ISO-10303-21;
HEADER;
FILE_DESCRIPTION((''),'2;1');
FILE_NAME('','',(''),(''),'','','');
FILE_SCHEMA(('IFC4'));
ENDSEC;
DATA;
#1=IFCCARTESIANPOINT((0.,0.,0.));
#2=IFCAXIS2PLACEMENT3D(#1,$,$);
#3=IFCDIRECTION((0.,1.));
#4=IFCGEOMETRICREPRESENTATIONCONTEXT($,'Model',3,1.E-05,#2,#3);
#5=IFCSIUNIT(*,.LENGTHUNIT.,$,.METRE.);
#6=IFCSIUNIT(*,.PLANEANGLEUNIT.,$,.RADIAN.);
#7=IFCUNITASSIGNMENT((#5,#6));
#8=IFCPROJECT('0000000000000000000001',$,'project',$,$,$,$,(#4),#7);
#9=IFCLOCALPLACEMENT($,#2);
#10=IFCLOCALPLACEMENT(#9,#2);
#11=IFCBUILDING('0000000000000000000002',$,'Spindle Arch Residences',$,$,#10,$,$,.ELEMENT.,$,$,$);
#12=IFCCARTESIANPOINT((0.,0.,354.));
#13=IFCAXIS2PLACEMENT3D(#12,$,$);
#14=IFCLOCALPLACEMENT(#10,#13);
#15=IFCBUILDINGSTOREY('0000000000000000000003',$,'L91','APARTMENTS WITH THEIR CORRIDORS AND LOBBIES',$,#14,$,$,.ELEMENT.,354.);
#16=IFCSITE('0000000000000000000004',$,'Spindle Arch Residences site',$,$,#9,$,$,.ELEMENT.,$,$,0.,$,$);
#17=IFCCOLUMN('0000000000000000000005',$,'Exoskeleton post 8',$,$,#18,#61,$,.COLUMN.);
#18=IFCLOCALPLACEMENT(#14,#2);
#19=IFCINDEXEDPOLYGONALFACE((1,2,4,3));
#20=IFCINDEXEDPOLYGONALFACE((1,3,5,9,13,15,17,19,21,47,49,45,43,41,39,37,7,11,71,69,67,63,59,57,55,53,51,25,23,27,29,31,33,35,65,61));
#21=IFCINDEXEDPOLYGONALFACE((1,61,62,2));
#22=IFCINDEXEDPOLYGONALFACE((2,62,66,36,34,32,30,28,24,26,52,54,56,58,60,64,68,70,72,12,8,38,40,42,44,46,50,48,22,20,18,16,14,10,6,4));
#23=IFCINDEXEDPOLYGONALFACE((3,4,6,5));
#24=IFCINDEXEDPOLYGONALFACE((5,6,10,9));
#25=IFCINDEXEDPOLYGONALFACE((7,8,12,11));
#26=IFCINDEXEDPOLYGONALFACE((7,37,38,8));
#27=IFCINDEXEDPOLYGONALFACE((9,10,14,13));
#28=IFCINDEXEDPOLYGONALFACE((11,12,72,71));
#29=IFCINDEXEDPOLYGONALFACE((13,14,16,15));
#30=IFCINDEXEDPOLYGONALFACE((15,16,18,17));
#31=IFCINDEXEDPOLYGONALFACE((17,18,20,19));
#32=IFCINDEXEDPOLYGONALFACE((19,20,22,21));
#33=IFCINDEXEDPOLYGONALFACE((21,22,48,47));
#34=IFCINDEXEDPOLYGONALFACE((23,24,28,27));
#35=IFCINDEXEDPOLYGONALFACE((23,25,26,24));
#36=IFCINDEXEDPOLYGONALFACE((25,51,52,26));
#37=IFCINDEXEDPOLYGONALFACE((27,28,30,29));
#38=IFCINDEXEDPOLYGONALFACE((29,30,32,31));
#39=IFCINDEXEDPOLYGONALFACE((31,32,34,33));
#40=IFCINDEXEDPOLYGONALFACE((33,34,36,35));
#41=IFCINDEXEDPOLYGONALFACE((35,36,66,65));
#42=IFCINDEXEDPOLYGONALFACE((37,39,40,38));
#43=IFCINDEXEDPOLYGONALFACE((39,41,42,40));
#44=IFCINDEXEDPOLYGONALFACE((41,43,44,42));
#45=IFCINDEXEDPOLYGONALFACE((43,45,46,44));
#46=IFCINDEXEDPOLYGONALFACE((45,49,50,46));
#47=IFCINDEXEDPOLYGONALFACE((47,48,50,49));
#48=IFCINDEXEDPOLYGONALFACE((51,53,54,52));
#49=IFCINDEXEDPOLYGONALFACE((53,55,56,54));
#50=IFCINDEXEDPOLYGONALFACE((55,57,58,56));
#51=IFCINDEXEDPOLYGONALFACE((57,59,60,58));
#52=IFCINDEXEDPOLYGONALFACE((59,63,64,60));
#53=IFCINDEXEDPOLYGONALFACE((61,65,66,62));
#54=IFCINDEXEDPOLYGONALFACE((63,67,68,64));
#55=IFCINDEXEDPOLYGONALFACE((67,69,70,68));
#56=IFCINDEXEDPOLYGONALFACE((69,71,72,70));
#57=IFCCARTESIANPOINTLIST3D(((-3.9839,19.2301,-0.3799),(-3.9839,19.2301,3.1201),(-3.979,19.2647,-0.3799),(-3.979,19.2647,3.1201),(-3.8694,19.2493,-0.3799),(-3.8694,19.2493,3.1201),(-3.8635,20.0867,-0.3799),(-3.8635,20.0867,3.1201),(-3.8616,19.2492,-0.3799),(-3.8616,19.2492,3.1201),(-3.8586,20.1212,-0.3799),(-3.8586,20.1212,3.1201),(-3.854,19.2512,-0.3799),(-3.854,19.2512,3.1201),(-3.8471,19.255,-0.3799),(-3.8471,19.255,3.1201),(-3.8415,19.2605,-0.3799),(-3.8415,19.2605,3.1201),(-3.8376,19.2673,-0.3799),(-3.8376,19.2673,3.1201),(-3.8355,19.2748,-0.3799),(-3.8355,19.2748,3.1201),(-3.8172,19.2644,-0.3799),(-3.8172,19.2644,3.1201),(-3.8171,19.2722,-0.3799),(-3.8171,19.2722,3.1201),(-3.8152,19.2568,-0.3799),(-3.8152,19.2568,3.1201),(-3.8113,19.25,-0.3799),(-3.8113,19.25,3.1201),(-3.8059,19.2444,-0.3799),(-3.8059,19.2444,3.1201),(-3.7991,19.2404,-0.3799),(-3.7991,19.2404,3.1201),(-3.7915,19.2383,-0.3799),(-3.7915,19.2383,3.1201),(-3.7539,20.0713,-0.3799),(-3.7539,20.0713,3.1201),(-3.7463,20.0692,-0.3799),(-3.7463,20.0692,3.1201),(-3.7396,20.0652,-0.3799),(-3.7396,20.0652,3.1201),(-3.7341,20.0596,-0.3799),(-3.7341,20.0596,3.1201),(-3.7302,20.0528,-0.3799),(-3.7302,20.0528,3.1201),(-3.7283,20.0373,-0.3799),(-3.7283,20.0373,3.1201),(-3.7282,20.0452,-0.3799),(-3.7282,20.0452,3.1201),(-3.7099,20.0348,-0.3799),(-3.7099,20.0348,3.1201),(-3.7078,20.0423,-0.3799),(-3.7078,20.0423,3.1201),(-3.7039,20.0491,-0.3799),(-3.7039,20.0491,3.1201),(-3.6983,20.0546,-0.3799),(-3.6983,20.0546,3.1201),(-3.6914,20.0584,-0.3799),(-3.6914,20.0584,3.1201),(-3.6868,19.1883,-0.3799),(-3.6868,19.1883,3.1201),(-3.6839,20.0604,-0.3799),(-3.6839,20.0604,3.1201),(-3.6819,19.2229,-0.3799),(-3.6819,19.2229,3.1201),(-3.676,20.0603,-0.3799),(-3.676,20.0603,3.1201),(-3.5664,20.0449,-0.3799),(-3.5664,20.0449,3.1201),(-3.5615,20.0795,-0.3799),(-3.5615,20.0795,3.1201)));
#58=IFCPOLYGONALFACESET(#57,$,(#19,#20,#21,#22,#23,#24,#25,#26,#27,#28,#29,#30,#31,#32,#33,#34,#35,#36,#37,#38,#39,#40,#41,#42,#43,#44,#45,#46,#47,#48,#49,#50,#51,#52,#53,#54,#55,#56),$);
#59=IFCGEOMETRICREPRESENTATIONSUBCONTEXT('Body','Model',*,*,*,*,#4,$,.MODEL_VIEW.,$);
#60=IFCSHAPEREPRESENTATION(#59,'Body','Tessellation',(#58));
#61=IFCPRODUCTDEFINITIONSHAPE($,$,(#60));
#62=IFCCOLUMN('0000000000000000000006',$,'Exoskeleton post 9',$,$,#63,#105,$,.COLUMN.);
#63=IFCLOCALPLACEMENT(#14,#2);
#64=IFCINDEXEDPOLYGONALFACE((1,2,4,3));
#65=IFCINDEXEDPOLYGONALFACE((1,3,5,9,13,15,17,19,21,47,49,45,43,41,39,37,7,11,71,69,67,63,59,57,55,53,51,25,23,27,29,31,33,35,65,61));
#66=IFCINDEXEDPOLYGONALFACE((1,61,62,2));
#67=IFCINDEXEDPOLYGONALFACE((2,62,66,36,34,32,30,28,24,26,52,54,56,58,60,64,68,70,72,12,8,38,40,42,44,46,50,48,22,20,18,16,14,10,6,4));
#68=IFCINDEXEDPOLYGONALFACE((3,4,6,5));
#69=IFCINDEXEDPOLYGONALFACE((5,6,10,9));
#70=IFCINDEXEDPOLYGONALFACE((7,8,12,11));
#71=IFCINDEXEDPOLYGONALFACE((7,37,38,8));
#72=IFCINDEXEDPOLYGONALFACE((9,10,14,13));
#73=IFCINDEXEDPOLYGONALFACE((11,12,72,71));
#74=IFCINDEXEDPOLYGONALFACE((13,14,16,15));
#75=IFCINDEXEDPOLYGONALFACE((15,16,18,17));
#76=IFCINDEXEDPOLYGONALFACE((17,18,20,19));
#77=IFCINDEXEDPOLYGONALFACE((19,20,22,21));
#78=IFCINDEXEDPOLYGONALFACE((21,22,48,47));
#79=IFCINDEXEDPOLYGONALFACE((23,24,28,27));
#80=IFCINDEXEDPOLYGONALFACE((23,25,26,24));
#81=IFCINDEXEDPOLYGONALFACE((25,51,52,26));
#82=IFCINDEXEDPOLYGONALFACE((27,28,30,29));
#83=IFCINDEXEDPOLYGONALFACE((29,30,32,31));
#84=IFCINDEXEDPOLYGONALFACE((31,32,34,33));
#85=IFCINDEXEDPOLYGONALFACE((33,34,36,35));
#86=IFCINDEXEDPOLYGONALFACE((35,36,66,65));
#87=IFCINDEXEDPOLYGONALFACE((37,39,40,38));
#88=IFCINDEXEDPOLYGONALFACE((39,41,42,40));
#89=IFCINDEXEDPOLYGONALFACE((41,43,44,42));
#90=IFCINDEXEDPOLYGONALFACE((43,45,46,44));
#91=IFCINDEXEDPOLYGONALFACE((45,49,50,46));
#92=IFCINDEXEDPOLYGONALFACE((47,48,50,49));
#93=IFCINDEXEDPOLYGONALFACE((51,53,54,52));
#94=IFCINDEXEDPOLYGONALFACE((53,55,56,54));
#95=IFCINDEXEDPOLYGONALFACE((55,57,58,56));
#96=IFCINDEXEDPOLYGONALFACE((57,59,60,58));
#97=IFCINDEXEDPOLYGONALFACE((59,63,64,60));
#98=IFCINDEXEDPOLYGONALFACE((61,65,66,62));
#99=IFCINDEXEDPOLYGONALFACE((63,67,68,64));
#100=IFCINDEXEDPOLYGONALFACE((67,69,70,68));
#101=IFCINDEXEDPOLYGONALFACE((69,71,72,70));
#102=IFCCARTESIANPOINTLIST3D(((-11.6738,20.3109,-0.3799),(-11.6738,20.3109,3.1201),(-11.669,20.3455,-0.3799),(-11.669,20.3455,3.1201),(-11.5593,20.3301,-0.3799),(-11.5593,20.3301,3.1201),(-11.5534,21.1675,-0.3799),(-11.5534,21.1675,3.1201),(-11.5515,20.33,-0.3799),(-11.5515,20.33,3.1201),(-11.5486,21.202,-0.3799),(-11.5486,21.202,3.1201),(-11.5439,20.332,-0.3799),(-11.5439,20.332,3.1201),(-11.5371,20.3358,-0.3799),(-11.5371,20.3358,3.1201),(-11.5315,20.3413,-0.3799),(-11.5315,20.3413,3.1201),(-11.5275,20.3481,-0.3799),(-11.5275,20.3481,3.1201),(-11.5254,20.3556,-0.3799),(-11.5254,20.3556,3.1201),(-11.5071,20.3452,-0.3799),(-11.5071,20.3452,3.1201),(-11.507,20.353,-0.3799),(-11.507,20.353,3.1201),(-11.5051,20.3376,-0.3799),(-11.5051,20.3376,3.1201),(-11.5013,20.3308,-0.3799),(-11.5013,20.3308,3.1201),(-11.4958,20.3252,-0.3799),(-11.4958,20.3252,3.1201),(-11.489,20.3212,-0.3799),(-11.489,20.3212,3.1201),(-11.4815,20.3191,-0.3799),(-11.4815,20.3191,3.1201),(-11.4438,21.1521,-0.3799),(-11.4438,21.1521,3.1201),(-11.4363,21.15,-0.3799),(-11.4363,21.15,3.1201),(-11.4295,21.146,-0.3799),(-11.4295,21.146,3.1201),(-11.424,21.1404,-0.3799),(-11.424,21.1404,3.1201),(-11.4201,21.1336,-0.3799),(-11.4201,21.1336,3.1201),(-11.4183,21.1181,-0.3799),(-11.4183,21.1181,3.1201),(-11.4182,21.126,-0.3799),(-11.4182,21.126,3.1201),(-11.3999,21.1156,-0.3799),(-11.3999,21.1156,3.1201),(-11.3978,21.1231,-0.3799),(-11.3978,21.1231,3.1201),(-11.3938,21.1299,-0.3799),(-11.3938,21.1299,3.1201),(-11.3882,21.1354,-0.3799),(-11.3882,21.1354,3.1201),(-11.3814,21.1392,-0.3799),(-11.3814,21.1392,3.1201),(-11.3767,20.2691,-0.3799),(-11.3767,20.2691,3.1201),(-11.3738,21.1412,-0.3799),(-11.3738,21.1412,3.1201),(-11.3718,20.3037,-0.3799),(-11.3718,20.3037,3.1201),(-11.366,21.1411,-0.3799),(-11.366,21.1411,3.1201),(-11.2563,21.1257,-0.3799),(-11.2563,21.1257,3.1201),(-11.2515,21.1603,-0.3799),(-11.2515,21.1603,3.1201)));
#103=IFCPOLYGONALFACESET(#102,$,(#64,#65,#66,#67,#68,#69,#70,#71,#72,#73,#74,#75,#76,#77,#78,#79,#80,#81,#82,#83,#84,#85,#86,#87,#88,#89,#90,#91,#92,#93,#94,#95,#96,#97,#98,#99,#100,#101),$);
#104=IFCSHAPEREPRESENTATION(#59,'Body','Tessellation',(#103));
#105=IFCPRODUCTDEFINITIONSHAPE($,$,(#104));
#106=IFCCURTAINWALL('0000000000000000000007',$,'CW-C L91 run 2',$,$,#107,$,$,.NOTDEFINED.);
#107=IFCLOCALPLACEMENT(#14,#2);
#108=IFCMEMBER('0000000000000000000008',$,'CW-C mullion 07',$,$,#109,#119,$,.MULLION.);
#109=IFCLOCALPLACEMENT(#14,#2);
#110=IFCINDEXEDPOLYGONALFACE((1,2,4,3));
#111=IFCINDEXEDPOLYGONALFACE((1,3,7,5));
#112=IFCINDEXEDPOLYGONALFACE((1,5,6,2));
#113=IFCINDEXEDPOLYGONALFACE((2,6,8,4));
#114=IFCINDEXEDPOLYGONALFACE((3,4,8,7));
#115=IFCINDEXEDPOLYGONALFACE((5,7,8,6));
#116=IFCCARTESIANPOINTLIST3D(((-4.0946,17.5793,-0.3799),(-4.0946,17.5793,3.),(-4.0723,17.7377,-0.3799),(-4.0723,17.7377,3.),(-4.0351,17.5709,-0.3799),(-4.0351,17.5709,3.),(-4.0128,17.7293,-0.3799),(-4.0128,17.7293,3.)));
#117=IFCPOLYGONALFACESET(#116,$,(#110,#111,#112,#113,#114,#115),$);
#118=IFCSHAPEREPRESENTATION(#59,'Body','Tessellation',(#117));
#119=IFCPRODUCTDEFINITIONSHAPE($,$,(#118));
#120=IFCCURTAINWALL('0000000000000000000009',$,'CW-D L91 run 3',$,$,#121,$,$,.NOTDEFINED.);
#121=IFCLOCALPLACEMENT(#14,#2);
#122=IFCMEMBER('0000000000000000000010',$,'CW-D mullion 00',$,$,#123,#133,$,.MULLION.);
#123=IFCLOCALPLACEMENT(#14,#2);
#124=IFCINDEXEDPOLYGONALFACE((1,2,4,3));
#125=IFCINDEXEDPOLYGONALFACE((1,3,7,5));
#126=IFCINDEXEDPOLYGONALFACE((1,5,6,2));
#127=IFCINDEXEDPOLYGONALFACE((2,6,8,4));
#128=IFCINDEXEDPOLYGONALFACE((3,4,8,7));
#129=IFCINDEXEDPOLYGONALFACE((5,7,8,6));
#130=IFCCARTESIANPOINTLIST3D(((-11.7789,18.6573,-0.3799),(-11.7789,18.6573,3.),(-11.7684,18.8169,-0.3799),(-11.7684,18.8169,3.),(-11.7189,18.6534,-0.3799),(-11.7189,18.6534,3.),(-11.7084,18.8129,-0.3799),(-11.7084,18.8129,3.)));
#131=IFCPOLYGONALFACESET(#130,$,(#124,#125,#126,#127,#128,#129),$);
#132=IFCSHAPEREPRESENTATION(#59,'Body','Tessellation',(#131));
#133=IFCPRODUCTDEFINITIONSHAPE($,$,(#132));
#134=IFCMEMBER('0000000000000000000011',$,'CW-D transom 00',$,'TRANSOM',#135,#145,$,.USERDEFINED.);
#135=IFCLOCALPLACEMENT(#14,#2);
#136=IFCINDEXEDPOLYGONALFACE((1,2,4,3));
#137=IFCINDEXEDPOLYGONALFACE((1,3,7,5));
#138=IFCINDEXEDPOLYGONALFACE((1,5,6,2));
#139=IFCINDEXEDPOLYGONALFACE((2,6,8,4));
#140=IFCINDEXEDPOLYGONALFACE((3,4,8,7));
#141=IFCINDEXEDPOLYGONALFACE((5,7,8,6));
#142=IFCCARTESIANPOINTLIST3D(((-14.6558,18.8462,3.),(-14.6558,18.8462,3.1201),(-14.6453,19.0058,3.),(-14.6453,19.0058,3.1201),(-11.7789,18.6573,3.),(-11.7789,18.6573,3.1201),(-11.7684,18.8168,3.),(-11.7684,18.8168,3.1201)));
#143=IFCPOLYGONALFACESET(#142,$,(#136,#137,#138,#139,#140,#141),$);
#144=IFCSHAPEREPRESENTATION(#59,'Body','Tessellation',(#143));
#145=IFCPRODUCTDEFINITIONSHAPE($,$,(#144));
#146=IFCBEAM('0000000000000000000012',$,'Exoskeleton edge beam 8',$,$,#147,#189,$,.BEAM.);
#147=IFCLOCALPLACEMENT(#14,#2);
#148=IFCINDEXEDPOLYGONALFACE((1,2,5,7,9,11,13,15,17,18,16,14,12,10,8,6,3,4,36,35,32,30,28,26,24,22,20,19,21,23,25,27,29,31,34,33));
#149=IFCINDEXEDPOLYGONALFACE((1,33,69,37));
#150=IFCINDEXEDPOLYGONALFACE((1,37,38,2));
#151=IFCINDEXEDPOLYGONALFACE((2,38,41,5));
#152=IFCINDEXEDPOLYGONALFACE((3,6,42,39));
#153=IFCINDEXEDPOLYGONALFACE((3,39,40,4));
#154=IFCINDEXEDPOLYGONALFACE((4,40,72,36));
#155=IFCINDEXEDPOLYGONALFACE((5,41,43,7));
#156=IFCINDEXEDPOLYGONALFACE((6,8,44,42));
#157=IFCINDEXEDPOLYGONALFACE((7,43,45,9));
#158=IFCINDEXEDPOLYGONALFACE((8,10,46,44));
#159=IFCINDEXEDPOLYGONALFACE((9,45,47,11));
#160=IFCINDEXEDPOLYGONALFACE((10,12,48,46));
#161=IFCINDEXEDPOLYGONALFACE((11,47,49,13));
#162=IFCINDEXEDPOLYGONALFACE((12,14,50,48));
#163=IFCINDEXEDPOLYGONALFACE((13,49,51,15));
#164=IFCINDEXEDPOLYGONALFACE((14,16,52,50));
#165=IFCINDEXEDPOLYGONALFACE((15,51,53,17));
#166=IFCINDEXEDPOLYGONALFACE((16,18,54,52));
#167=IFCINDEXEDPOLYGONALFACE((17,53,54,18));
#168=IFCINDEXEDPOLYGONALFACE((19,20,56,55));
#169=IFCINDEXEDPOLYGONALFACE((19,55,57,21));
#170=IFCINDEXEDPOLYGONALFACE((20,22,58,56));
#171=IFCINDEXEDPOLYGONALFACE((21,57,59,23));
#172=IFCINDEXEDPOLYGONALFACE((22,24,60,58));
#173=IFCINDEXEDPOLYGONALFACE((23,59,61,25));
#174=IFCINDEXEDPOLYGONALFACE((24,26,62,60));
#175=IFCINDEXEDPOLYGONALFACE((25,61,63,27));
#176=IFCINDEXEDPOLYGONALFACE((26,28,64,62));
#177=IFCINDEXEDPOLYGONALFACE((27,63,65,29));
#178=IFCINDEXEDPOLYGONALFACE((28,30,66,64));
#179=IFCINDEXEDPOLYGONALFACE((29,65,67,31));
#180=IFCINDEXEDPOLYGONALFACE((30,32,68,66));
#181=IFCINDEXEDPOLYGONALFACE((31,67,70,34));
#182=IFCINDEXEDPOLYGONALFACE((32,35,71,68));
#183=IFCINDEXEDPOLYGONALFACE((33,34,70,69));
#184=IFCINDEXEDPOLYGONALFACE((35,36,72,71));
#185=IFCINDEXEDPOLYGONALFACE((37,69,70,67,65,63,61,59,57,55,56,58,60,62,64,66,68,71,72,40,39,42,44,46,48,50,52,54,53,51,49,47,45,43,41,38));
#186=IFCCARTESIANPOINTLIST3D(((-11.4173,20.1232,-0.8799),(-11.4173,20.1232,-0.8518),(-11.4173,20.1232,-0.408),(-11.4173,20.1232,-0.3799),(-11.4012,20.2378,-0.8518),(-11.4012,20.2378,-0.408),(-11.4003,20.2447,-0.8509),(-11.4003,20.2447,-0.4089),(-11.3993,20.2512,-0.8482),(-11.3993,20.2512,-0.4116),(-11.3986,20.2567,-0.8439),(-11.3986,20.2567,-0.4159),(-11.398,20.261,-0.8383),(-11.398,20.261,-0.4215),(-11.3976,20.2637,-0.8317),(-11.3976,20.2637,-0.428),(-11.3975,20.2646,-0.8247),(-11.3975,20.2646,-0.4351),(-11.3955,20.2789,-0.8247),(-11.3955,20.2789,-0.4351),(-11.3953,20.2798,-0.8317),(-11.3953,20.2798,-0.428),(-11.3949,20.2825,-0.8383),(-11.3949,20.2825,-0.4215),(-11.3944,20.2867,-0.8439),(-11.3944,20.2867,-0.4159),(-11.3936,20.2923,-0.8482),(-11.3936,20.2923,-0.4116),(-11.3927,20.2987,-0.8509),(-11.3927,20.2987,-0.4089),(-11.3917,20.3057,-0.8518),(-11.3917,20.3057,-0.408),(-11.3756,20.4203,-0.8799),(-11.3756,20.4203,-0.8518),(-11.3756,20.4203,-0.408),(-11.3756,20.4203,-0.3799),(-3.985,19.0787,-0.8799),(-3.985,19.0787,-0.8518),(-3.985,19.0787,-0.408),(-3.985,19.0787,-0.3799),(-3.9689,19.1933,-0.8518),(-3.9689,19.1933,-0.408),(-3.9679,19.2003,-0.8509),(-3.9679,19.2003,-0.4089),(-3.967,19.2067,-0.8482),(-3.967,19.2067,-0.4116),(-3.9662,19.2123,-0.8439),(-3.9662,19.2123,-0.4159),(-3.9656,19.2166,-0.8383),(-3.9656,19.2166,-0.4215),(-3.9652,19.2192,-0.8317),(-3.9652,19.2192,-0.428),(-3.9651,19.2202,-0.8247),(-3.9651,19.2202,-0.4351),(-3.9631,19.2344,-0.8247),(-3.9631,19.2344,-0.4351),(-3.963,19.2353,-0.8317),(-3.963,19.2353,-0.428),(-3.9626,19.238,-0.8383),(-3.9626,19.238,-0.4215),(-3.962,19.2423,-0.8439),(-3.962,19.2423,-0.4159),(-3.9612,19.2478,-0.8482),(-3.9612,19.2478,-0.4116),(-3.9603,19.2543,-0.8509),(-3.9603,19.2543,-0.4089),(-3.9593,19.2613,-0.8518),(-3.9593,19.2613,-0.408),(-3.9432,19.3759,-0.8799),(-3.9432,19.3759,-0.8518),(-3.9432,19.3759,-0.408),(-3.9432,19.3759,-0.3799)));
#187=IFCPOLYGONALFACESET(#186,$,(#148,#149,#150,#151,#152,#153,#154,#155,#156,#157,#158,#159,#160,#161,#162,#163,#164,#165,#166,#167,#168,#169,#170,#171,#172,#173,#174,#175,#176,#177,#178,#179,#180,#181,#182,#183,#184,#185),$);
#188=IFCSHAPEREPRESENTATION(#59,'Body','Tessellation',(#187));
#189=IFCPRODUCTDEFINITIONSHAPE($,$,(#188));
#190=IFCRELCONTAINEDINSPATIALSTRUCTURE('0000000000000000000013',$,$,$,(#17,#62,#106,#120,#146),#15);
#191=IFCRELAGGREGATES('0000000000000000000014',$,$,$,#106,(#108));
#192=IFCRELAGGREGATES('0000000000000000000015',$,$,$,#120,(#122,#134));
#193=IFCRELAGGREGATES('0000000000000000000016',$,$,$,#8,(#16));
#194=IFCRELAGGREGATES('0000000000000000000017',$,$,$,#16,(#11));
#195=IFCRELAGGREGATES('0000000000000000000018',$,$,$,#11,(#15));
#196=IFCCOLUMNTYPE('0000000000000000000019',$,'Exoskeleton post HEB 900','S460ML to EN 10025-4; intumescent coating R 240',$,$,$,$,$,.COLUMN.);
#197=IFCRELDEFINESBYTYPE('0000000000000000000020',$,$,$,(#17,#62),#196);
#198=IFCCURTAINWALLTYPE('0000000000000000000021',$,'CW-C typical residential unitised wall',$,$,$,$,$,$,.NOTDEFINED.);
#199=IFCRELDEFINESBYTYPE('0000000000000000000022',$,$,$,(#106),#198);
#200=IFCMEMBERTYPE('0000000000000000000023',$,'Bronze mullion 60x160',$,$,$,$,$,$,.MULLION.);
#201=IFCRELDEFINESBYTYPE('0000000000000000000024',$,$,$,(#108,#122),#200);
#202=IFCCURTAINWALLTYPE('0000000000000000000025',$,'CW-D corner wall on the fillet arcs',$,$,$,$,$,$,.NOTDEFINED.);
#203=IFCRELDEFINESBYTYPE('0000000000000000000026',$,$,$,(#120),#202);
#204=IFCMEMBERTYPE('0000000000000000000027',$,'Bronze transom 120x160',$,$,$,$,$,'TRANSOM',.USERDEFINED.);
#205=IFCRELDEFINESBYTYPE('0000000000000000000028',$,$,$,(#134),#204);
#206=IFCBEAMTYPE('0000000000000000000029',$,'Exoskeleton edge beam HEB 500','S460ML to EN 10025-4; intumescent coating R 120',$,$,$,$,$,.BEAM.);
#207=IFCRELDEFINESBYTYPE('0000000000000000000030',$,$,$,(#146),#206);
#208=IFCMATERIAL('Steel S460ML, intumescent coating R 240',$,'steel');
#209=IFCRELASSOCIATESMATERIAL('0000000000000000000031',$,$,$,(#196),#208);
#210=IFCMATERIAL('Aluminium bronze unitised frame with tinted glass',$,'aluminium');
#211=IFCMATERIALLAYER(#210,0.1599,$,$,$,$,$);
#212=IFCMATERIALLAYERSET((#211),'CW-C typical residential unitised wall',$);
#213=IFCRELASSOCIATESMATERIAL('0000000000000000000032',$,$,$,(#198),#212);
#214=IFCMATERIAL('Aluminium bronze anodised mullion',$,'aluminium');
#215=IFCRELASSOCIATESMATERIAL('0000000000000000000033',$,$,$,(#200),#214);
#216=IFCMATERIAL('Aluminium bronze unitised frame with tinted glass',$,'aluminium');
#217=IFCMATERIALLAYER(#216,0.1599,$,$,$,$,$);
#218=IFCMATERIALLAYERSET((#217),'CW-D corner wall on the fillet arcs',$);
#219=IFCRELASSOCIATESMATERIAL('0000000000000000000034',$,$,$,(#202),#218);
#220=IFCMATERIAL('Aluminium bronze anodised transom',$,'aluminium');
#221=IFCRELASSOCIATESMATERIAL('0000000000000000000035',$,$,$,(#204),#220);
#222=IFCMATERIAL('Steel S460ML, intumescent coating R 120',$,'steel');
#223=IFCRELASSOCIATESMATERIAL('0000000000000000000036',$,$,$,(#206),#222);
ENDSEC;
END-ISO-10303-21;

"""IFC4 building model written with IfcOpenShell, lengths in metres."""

from ifc_helpers import new_model, si_unit, direction, frame, origin, origin_2d, place, context, subcontext, project, spatial, rectangle, i_section, extrude, material, layer, layer_set, material_profile, profile_set, type_object, element, aggregate, save


model = new_model("IFC4")

# Units and contexts
model_context = context("Model", 3, precision=1e-05, world=origin(), true_north=direction((0.0, 1.0)))
body_context = subcontext(model_context, "Body", "Model", "MODEL_VIEW")
ifc_project = project(units=[si_unit("LENGTHUNIT", "METRE"), si_unit("PLANEANGLEUNIT", "RADIAN")], contexts=[model_context])

# Site, building, storey
site_placement = place(None, origin())
site = spatial("IfcSite", under=ifc_project, at=site_placement, Name="Spindle Arch Residences site", CompositionType="ELEMENT", RefElevation=0.0)
building_placement = place(site_placement, origin())
building = spatial("IfcBuilding", under=site, at=building_placement, Name="Spindle Arch Residences", CompositionType="ELEMENT")
storey_placement = place(building_placement, frame((0.0, 0.0, 354.0)))
storey = spatial("IfcBuildingStorey", under=building, at=storey_placement, Name="L91", Description="APARTMENTS WITH THEIR CORRIDORS AND LOBBIES", CompositionType="ELEMENT", Elevation=354.0)

# Columns
ifc_material_1 = material(Name="Steel S460ML, intumescent coating R 240", Category="steel")
ifc_material_profile_1 = material_profile(ifc_material_1, i_section(OverallWidth=0.3, OverallDepth=0.8999, WebThickness=0.0186, FlangeThickness=0.0349, FilletRadius=0.03, at=origin_2d()), Name="HEB 900")
ifc_profile_set_1 = profile_set([ifc_material_profile_1], Name="Steel S460ML, intumescent coating R 240")
column_type = type_object("IfcColumnType", Name="Exoskeleton post HEB 900", Description="S460ML to EN 10025-4; intumescent coating R 240", PredefinedType="COLUMN", material=ifc_profile_set_1)
for number, where, z_axis, x_axis, name in (
    (1, (-3.7727, 19.6548, -0.3799), (0.0, 0.0, 1.0), (0.990268, -0.139173, 0.0), "Exoskeleton post 8"),
    (2, (-11.4626, 20.7356, -0.3799), (0.0, 0.0, 1.0), (0.990268, -0.139173, 0.0), "Exoskeleton post 9"),
):
    element("IfcColumn", number, at=place(storey_placement, frame(where, z_axis=z_axis, x_axis=x_axis)), inside=storey, type_object=column_type, Name=name, PredefinedType="COLUMN", context=body_context, shape_type="SweptSolid", body=[
        extrude(i_section(OverallWidth=0.3, OverallDepth=0.8999, WebThickness=0.0186, FlangeThickness=0.0349, FilletRadius=0.03, at=origin_2d()), origin(), (0.0, 0.0, 1.0), 3.5),
    ])

# Curtain wall, member
ifc_material_2 = material(Name="Aluminium bronze unitised frame with tinted glass", Category="aluminium")
ifc_layer_1 = layer(ifc_material_2, 0.1599)
ifc_layer_set_1 = layer_set([ifc_layer_1], Name="CW-C typical residential unitised wall")
curtain_wall_type_1 = type_object("IfcCurtainWallType", Name="CW-C typical residential unitised wall", PredefinedType="NOTDEFINED", material=ifc_layer_set_1)
curtain_wall_1_placement = place(storey_placement, origin())
curtain_wall_1 = element("IfcCurtainWall", 3, at=curtain_wall_1_placement, inside=storey, type_object=curtain_wall_type_1, Name="CW-C L91 run 2", PredefinedType="NOTDEFINED")
ifc_material_3 = material(Name="Aluminium bronze anodised mullion", Category="aluminium")
ifc_material_profile_2 = material_profile(ifc_material_3, rectangle(XDim=0.1599, YDim=0.0601, at=origin_2d()), Name="MU 60x160")
ifc_profile_set_2 = profile_set([ifc_material_profile_2], Name="Aluminium bronze anodised mullion")
member_type_1 = type_object("IfcMemberType", Name="Bronze mullion 60x160", PredefinedType="MULLION", material=ifc_profile_set_2)
member_1_placement = place(storey_placement, frame((-4.0537, 17.6543, -0.3799), z_axis=(0.0, 0.0, 1.0), x_axis=(-0.139173, -0.990268, 0.0)))
member_1 = element("IfcMember", 4, at=member_1_placement, type_object=member_type_1, Name="CW-C mullion 07", PredefinedType="MULLION", context=body_context, shape_type="SweptSolid", body=[
    extrude(rectangle(XDim=0.1599, YDim=0.0601, at=origin_2d()), origin(), (0.0, 0.0, 1.0), 3.3799),
])

# Curtain wall, members
ifc_material_4 = material(Name="Aluminium bronze unitised frame with tinted glass", Category="aluminium")
ifc_layer_2 = layer(ifc_material_4, 0.1599)
ifc_layer_set_2 = layer_set([ifc_layer_2], Name="CW-D corner wall on the fillet arcs")
curtain_wall_type_2 = type_object("IfcCurtainWallType", Name="CW-D corner wall on the fillet arcs", PredefinedType="NOTDEFINED", material=ifc_layer_set_2)
curtain_wall_2_placement = place(storey_placement, origin())
curtain_wall_2 = element("IfcCurtainWall", 5, at=curtain_wall_2_placement, inside=storey, type_object=curtain_wall_type_2, Name="CW-D L91 run 3", PredefinedType="NOTDEFINED")
member_2_placement = place(storey_placement, frame((-11.7437, 18.7351, -0.3799), z_axis=(0.0, 0.0, 1.0), x_axis=(-0.06551, -0.997852, 0.0)))
member_2 = element("IfcMember", 6, at=member_2_placement, type_object=member_type_1, Name="CW-D mullion 00", PredefinedType="MULLION", context=body_context, shape_type="SweptSolid", body=[
    extrude(rectangle(XDim=0.1599, YDim=0.0601, at=origin_2d()), origin(), (0.0, 0.0, 1.0), 3.3799),
])
ifc_material_5 = material(Name="Aluminium bronze anodised transom", Category="aluminium")
ifc_material_profile_3 = material_profile(ifc_material_5, rectangle(XDim=0.1599, YDim=0.1201, at=origin_2d()), Name="TR 120x160")
ifc_profile_set_3 = profile_set([ifc_material_profile_3], Name="Aluminium bronze anodised transom")
member_type_2 = type_object("IfcMemberType", Name="Bronze transom 120x160", ElementType="TRANSOM", PredefinedType="USERDEFINED", material=ifc_profile_set_3)
member_3_placement = place(storey_placement, frame((-11.7737, 18.7371, 3.0601), z_axis=(-0.99785, 0.065541, 0.0), x_axis=(-0.065541, -0.99785, 0.0)))
member_3 = element("IfcMember", 7, at=member_3_placement, type_object=member_type_2, Name="CW-D transom 00", ObjectType="TRANSOM", PredefinedType="USERDEFINED", context=body_context, shape_type="SweptSolid", body=[
    extrude(rectangle(XDim=0.1599, YDim=0.1201, at=origin_2d()), origin(), (0.0, 0.0, 1.0), 2.8831),
])

# Beam
ifc_material_6 = material(Name="Steel S460ML, intumescent coating R 120", Category="steel")
ifc_material_profile_4 = material_profile(ifc_material_6, i_section(OverallWidth=0.3, OverallDepth=0.5, WebThickness=0.0144, FlangeThickness=0.0281, FilletRadius=0.0271, at=origin_2d()), Name="HEB 500")
ifc_profile_set_4 = profile_set([ifc_material_profile_4], Name="Steel S460ML, intumescent coating R 120")
beam_type_1 = type_object("IfcBeamType", Name="Exoskeleton edge beam HEB 500", Description="S460ML to EN 10025-4; intumescent coating R 120", PredefinedType="BEAM", material=ifc_profile_set_4)
beam_1_placement = place(storey_placement, frame((-3.9641, 19.2273, -0.6299), z_axis=(-0.99027, 0.139158, 0.0), x_axis=(-0.139158, -0.99027, 0.0)))
element("IfcBeam", 8, at=beam_1_placement, inside=storey, type_object=beam_type_1, Name="Exoskeleton edge beam 8", PredefinedType="BEAM", context=body_context, shape_type="SweptSolid", body=[
    extrude(i_section(OverallWidth=0.3, OverallDepth=0.5, WebThickness=0.0144, FlangeThickness=0.0281, FilletRadius=0.0271, at=origin_2d()), origin(), (0.0, 0.0, 1.0), 7.5054),
])

aggregate(curtain_wall_1, [member_1])
aggregate(curtain_wall_2, [member_2, member_3])

save(model, "model.ifc")
